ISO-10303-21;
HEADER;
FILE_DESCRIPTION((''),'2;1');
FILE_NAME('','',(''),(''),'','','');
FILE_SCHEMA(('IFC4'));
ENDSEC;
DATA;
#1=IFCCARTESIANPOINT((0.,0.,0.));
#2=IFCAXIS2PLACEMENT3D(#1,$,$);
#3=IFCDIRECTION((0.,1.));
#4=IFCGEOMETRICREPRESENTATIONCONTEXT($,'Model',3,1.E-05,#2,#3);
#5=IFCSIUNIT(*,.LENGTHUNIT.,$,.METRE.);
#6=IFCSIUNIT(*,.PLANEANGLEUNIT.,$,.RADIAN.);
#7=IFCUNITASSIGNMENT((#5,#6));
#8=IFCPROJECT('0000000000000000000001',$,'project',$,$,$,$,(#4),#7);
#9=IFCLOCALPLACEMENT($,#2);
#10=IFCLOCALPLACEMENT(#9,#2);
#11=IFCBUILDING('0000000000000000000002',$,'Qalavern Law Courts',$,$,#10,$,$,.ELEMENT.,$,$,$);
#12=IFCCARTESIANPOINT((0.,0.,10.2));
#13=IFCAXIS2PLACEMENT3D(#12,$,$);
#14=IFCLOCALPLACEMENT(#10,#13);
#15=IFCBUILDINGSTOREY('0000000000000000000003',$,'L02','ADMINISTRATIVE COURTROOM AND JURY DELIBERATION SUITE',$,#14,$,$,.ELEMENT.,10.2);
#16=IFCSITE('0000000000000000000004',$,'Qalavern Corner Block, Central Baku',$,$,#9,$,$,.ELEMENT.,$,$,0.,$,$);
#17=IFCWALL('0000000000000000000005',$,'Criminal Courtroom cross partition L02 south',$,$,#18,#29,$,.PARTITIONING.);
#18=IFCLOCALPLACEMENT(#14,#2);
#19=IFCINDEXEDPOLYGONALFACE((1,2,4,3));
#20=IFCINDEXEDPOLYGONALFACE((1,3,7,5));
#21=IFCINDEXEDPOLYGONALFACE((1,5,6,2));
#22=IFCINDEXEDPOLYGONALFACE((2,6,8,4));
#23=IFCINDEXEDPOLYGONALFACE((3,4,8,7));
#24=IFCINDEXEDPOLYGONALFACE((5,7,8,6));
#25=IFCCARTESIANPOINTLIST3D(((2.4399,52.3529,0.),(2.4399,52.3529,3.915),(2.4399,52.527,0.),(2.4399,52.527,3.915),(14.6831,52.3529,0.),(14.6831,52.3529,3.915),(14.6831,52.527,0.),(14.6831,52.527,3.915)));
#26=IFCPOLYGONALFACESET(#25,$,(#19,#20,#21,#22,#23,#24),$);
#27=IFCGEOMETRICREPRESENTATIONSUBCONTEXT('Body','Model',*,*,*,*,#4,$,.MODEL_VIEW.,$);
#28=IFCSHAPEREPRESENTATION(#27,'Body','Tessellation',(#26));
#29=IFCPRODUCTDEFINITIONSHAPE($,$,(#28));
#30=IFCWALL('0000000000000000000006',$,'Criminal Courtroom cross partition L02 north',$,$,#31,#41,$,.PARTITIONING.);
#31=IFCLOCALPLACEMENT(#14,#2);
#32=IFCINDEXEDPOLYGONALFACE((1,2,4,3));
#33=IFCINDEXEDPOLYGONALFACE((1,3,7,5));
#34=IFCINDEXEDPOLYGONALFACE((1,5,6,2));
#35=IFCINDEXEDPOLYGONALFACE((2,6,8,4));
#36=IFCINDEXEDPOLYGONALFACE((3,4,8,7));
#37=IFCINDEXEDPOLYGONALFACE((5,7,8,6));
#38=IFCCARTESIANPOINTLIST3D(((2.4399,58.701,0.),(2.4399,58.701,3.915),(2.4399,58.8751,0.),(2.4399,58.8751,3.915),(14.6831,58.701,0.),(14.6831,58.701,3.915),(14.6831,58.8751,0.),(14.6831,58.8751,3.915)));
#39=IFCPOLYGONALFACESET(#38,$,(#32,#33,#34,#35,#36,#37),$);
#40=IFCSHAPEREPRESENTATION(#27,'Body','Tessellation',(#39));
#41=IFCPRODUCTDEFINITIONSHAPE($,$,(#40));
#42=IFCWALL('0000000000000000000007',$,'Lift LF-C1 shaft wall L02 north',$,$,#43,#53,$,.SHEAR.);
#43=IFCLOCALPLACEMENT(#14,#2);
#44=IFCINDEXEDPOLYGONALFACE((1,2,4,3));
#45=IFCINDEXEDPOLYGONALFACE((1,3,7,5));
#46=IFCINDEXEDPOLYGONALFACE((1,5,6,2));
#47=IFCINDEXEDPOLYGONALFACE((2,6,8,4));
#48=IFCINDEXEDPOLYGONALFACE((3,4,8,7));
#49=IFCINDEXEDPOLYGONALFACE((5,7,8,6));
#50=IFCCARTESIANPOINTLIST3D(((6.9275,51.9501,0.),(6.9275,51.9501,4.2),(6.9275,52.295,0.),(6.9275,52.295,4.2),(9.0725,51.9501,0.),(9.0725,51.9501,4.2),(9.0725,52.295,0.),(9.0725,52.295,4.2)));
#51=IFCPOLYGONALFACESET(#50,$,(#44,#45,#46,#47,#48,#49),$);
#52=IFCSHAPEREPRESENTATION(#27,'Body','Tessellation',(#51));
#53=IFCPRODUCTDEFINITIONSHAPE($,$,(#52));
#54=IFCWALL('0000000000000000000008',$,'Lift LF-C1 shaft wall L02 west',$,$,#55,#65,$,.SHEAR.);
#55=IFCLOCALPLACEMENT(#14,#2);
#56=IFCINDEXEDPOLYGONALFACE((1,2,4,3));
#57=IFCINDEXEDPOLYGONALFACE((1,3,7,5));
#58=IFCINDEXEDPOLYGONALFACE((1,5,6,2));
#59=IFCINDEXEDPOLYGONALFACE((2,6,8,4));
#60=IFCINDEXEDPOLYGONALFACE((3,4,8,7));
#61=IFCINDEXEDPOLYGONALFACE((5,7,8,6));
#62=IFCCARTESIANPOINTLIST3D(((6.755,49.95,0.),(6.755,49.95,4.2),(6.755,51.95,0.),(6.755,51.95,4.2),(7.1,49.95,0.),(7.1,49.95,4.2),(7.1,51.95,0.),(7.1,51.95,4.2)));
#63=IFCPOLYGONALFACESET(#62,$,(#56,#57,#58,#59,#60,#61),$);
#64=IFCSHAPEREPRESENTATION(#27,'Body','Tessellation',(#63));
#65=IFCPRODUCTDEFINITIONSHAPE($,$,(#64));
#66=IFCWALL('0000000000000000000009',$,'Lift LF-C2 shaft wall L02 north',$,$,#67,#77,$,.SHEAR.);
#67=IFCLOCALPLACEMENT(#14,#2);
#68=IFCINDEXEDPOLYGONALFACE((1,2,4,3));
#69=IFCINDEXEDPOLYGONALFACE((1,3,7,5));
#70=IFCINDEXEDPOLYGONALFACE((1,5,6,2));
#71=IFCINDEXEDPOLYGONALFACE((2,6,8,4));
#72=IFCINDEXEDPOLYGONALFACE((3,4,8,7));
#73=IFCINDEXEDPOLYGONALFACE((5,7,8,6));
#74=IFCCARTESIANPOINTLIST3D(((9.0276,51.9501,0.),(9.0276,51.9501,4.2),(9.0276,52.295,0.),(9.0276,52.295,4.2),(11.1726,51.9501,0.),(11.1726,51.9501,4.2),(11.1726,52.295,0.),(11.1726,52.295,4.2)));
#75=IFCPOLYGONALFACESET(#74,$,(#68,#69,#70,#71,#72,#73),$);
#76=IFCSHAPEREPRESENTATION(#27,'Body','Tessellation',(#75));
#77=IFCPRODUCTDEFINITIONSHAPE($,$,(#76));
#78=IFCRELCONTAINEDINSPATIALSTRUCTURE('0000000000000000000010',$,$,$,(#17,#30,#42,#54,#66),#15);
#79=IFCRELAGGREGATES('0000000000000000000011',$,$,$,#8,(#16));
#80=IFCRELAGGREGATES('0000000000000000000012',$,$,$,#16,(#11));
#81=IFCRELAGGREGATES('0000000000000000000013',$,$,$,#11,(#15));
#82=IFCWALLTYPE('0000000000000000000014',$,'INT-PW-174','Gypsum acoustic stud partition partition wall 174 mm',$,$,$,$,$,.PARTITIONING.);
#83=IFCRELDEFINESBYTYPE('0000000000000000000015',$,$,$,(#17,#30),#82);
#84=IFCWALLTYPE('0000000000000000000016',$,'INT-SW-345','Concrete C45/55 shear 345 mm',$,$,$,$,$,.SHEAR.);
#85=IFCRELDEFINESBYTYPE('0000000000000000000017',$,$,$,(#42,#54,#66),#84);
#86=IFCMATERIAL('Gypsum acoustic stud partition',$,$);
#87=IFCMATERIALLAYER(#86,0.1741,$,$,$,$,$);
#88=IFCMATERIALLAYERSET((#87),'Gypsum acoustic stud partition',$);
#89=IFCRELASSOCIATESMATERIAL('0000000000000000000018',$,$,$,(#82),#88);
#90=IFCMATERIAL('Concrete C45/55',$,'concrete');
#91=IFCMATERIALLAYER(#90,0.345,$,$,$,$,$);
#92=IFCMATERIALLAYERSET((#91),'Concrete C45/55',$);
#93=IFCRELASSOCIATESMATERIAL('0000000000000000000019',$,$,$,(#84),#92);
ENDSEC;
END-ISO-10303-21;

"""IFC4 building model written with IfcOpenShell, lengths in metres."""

from ifc_helpers import new_model, si_unit, direction, frame, frame_2d, origin, place, context, subcontext, project, spatial, rectangle, extrude, material, layer, layer_set, type_object, element, save


model = new_model("IFC4")

# Units and contexts
model_context = context("Model", 3, precision=1e-05, world=origin(), true_north=direction((0.0, 1.0)))
body_context = subcontext(model_context, "Body", "Model", "MODEL_VIEW")
ifc_project = project(units=[si_unit("LENGTHUNIT", "METRE"), si_unit("PLANEANGLEUNIT", "RADIAN")], contexts=[model_context])

# Site, building, storey
site_placement = place(None, origin())
site = spatial("IfcSite", under=ifc_project, at=site_placement, Name="Qalavern Corner Block, Central Baku", CompositionType="ELEMENT", RefElevation=0.0)
building_placement = place(site_placement, origin())
building = spatial("IfcBuilding", under=site, at=building_placement, Name="Qalavern Law Courts", CompositionType="ELEMENT")
storey_placement = place(building_placement, frame((0.0, 0.0, 10.2)))
storey = spatial("IfcBuildingStorey", under=building, at=storey_placement, Name="L02", Description="ADMINISTRATIVE COURTROOM AND JURY DELIBERATION SUITE", CompositionType="ELEMENT", Elevation=10.2)

# Shared definitions
ifc_material_1 = material(Name="Concrete C45/55", Category="concrete")

# Shared definitions
ifc_material_2 = material(Name="Gypsum acoustic stud partition")
ifc_layer_1 = layer(ifc_material_2, 0.1741)
ifc_layer_set_1 = layer_set([ifc_layer_1], Name="Gypsum acoustic stud partition")
wall_type_1 = type_object("IfcWallType", Name="INT-PW-174", Description="Gypsum acoustic stud partition partition wall 174 mm", PredefinedType="PARTITIONING", material=ifc_layer_set_1)

# Walls
for number, where, z_axis, x_axis, name in (
    (1, (2.4399, 52.4399, 0.0), (0.0, 0.0, 1.0), (1.0, 0.0, 0.0), "Criminal Courtroom cross partition L02 south"),
    (2, (2.4399, 58.7881, 0.0), (0.0, 0.0, 1.0), (1.0, 0.0, 0.0), "Criminal Courtroom cross partition L02 north"),
):
    element("IfcWall", number, at=place(storey_placement, frame(where, z_axis=z_axis, x_axis=x_axis)), inside=storey, type_object=wall_type_1, Name=name, PredefinedType="PARTITIONING", context=body_context, shape_type="SweptSolid", body=[
        extrude(rectangle(XDim=12.2432, YDim=0.1741, at=frame_2d((6.1216, 0.0))), origin(), (0.0, 0.0, 1.0), 3.915),
    ])
ifc_layer_2 = layer(ifc_material_1, 0.345)
ifc_layer_set_2 = layer_set([ifc_layer_2], Name="Concrete C45/55")
wall_type_2 = type_object("IfcWallType", Name="INT-SW-345", Description="Concrete C45/55 shear 345 mm", PredefinedType="SHEAR", material=ifc_layer_set_2)
wall_1_placement = place(storey_placement, frame((9.0725, 52.1226, 0.0), z_axis=(0.0, 0.0, 1.0), x_axis=(-1.0, 0.0, 0.0)))
element("IfcWall", 3, at=wall_1_placement, inside=storey, type_object=wall_type_2, Name="Lift LF-C1 shaft wall L02 north", PredefinedType="SHEAR", context=body_context, shape_type="SweptSolid", body=[
    extrude(rectangle(XDim=2.145, YDim=0.345, at=frame_2d((1.0725, 0.0))), origin(), (0.0, 0.0, 1.0), 4.2),
])
wall_2_placement = place(storey_placement, frame((6.9275, 51.95, 0.0), z_axis=(0.0, 0.0, 1.0), x_axis=(0.0, -1.0, 0.0)))
element("IfcWall", 4, at=wall_2_placement, inside=storey, type_object=wall_type_2, Name="Lift LF-C1 shaft wall L02 west", PredefinedType="SHEAR", context=body_context, shape_type="SweptSolid", body=[
    extrude(rectangle(XDim=2.0, YDim=0.345, at=frame_2d((1.0, 0.0))), origin(), (0.0, 0.0, 1.0), 4.2),
])
wall_3_placement = place(storey_placement, frame((11.1726, 52.1226, 0.0), z_axis=(0.0, 0.0, 1.0), x_axis=(-1.0, 0.0, 0.0)))
element("IfcWall", 5, at=wall_3_placement, inside=storey, type_object=wall_type_2, Name="Lift LF-C2 shaft wall L02 north", PredefinedType="SHEAR", context=body_context, shape_type="SweptSolid", body=[
    extrude(rectangle(XDim=2.145, YDim=0.345, at=frame_2d((1.0725, 0.0))), origin(), (0.0, 0.0, 1.0), 4.2),
])

save(model, "model.ifc")
